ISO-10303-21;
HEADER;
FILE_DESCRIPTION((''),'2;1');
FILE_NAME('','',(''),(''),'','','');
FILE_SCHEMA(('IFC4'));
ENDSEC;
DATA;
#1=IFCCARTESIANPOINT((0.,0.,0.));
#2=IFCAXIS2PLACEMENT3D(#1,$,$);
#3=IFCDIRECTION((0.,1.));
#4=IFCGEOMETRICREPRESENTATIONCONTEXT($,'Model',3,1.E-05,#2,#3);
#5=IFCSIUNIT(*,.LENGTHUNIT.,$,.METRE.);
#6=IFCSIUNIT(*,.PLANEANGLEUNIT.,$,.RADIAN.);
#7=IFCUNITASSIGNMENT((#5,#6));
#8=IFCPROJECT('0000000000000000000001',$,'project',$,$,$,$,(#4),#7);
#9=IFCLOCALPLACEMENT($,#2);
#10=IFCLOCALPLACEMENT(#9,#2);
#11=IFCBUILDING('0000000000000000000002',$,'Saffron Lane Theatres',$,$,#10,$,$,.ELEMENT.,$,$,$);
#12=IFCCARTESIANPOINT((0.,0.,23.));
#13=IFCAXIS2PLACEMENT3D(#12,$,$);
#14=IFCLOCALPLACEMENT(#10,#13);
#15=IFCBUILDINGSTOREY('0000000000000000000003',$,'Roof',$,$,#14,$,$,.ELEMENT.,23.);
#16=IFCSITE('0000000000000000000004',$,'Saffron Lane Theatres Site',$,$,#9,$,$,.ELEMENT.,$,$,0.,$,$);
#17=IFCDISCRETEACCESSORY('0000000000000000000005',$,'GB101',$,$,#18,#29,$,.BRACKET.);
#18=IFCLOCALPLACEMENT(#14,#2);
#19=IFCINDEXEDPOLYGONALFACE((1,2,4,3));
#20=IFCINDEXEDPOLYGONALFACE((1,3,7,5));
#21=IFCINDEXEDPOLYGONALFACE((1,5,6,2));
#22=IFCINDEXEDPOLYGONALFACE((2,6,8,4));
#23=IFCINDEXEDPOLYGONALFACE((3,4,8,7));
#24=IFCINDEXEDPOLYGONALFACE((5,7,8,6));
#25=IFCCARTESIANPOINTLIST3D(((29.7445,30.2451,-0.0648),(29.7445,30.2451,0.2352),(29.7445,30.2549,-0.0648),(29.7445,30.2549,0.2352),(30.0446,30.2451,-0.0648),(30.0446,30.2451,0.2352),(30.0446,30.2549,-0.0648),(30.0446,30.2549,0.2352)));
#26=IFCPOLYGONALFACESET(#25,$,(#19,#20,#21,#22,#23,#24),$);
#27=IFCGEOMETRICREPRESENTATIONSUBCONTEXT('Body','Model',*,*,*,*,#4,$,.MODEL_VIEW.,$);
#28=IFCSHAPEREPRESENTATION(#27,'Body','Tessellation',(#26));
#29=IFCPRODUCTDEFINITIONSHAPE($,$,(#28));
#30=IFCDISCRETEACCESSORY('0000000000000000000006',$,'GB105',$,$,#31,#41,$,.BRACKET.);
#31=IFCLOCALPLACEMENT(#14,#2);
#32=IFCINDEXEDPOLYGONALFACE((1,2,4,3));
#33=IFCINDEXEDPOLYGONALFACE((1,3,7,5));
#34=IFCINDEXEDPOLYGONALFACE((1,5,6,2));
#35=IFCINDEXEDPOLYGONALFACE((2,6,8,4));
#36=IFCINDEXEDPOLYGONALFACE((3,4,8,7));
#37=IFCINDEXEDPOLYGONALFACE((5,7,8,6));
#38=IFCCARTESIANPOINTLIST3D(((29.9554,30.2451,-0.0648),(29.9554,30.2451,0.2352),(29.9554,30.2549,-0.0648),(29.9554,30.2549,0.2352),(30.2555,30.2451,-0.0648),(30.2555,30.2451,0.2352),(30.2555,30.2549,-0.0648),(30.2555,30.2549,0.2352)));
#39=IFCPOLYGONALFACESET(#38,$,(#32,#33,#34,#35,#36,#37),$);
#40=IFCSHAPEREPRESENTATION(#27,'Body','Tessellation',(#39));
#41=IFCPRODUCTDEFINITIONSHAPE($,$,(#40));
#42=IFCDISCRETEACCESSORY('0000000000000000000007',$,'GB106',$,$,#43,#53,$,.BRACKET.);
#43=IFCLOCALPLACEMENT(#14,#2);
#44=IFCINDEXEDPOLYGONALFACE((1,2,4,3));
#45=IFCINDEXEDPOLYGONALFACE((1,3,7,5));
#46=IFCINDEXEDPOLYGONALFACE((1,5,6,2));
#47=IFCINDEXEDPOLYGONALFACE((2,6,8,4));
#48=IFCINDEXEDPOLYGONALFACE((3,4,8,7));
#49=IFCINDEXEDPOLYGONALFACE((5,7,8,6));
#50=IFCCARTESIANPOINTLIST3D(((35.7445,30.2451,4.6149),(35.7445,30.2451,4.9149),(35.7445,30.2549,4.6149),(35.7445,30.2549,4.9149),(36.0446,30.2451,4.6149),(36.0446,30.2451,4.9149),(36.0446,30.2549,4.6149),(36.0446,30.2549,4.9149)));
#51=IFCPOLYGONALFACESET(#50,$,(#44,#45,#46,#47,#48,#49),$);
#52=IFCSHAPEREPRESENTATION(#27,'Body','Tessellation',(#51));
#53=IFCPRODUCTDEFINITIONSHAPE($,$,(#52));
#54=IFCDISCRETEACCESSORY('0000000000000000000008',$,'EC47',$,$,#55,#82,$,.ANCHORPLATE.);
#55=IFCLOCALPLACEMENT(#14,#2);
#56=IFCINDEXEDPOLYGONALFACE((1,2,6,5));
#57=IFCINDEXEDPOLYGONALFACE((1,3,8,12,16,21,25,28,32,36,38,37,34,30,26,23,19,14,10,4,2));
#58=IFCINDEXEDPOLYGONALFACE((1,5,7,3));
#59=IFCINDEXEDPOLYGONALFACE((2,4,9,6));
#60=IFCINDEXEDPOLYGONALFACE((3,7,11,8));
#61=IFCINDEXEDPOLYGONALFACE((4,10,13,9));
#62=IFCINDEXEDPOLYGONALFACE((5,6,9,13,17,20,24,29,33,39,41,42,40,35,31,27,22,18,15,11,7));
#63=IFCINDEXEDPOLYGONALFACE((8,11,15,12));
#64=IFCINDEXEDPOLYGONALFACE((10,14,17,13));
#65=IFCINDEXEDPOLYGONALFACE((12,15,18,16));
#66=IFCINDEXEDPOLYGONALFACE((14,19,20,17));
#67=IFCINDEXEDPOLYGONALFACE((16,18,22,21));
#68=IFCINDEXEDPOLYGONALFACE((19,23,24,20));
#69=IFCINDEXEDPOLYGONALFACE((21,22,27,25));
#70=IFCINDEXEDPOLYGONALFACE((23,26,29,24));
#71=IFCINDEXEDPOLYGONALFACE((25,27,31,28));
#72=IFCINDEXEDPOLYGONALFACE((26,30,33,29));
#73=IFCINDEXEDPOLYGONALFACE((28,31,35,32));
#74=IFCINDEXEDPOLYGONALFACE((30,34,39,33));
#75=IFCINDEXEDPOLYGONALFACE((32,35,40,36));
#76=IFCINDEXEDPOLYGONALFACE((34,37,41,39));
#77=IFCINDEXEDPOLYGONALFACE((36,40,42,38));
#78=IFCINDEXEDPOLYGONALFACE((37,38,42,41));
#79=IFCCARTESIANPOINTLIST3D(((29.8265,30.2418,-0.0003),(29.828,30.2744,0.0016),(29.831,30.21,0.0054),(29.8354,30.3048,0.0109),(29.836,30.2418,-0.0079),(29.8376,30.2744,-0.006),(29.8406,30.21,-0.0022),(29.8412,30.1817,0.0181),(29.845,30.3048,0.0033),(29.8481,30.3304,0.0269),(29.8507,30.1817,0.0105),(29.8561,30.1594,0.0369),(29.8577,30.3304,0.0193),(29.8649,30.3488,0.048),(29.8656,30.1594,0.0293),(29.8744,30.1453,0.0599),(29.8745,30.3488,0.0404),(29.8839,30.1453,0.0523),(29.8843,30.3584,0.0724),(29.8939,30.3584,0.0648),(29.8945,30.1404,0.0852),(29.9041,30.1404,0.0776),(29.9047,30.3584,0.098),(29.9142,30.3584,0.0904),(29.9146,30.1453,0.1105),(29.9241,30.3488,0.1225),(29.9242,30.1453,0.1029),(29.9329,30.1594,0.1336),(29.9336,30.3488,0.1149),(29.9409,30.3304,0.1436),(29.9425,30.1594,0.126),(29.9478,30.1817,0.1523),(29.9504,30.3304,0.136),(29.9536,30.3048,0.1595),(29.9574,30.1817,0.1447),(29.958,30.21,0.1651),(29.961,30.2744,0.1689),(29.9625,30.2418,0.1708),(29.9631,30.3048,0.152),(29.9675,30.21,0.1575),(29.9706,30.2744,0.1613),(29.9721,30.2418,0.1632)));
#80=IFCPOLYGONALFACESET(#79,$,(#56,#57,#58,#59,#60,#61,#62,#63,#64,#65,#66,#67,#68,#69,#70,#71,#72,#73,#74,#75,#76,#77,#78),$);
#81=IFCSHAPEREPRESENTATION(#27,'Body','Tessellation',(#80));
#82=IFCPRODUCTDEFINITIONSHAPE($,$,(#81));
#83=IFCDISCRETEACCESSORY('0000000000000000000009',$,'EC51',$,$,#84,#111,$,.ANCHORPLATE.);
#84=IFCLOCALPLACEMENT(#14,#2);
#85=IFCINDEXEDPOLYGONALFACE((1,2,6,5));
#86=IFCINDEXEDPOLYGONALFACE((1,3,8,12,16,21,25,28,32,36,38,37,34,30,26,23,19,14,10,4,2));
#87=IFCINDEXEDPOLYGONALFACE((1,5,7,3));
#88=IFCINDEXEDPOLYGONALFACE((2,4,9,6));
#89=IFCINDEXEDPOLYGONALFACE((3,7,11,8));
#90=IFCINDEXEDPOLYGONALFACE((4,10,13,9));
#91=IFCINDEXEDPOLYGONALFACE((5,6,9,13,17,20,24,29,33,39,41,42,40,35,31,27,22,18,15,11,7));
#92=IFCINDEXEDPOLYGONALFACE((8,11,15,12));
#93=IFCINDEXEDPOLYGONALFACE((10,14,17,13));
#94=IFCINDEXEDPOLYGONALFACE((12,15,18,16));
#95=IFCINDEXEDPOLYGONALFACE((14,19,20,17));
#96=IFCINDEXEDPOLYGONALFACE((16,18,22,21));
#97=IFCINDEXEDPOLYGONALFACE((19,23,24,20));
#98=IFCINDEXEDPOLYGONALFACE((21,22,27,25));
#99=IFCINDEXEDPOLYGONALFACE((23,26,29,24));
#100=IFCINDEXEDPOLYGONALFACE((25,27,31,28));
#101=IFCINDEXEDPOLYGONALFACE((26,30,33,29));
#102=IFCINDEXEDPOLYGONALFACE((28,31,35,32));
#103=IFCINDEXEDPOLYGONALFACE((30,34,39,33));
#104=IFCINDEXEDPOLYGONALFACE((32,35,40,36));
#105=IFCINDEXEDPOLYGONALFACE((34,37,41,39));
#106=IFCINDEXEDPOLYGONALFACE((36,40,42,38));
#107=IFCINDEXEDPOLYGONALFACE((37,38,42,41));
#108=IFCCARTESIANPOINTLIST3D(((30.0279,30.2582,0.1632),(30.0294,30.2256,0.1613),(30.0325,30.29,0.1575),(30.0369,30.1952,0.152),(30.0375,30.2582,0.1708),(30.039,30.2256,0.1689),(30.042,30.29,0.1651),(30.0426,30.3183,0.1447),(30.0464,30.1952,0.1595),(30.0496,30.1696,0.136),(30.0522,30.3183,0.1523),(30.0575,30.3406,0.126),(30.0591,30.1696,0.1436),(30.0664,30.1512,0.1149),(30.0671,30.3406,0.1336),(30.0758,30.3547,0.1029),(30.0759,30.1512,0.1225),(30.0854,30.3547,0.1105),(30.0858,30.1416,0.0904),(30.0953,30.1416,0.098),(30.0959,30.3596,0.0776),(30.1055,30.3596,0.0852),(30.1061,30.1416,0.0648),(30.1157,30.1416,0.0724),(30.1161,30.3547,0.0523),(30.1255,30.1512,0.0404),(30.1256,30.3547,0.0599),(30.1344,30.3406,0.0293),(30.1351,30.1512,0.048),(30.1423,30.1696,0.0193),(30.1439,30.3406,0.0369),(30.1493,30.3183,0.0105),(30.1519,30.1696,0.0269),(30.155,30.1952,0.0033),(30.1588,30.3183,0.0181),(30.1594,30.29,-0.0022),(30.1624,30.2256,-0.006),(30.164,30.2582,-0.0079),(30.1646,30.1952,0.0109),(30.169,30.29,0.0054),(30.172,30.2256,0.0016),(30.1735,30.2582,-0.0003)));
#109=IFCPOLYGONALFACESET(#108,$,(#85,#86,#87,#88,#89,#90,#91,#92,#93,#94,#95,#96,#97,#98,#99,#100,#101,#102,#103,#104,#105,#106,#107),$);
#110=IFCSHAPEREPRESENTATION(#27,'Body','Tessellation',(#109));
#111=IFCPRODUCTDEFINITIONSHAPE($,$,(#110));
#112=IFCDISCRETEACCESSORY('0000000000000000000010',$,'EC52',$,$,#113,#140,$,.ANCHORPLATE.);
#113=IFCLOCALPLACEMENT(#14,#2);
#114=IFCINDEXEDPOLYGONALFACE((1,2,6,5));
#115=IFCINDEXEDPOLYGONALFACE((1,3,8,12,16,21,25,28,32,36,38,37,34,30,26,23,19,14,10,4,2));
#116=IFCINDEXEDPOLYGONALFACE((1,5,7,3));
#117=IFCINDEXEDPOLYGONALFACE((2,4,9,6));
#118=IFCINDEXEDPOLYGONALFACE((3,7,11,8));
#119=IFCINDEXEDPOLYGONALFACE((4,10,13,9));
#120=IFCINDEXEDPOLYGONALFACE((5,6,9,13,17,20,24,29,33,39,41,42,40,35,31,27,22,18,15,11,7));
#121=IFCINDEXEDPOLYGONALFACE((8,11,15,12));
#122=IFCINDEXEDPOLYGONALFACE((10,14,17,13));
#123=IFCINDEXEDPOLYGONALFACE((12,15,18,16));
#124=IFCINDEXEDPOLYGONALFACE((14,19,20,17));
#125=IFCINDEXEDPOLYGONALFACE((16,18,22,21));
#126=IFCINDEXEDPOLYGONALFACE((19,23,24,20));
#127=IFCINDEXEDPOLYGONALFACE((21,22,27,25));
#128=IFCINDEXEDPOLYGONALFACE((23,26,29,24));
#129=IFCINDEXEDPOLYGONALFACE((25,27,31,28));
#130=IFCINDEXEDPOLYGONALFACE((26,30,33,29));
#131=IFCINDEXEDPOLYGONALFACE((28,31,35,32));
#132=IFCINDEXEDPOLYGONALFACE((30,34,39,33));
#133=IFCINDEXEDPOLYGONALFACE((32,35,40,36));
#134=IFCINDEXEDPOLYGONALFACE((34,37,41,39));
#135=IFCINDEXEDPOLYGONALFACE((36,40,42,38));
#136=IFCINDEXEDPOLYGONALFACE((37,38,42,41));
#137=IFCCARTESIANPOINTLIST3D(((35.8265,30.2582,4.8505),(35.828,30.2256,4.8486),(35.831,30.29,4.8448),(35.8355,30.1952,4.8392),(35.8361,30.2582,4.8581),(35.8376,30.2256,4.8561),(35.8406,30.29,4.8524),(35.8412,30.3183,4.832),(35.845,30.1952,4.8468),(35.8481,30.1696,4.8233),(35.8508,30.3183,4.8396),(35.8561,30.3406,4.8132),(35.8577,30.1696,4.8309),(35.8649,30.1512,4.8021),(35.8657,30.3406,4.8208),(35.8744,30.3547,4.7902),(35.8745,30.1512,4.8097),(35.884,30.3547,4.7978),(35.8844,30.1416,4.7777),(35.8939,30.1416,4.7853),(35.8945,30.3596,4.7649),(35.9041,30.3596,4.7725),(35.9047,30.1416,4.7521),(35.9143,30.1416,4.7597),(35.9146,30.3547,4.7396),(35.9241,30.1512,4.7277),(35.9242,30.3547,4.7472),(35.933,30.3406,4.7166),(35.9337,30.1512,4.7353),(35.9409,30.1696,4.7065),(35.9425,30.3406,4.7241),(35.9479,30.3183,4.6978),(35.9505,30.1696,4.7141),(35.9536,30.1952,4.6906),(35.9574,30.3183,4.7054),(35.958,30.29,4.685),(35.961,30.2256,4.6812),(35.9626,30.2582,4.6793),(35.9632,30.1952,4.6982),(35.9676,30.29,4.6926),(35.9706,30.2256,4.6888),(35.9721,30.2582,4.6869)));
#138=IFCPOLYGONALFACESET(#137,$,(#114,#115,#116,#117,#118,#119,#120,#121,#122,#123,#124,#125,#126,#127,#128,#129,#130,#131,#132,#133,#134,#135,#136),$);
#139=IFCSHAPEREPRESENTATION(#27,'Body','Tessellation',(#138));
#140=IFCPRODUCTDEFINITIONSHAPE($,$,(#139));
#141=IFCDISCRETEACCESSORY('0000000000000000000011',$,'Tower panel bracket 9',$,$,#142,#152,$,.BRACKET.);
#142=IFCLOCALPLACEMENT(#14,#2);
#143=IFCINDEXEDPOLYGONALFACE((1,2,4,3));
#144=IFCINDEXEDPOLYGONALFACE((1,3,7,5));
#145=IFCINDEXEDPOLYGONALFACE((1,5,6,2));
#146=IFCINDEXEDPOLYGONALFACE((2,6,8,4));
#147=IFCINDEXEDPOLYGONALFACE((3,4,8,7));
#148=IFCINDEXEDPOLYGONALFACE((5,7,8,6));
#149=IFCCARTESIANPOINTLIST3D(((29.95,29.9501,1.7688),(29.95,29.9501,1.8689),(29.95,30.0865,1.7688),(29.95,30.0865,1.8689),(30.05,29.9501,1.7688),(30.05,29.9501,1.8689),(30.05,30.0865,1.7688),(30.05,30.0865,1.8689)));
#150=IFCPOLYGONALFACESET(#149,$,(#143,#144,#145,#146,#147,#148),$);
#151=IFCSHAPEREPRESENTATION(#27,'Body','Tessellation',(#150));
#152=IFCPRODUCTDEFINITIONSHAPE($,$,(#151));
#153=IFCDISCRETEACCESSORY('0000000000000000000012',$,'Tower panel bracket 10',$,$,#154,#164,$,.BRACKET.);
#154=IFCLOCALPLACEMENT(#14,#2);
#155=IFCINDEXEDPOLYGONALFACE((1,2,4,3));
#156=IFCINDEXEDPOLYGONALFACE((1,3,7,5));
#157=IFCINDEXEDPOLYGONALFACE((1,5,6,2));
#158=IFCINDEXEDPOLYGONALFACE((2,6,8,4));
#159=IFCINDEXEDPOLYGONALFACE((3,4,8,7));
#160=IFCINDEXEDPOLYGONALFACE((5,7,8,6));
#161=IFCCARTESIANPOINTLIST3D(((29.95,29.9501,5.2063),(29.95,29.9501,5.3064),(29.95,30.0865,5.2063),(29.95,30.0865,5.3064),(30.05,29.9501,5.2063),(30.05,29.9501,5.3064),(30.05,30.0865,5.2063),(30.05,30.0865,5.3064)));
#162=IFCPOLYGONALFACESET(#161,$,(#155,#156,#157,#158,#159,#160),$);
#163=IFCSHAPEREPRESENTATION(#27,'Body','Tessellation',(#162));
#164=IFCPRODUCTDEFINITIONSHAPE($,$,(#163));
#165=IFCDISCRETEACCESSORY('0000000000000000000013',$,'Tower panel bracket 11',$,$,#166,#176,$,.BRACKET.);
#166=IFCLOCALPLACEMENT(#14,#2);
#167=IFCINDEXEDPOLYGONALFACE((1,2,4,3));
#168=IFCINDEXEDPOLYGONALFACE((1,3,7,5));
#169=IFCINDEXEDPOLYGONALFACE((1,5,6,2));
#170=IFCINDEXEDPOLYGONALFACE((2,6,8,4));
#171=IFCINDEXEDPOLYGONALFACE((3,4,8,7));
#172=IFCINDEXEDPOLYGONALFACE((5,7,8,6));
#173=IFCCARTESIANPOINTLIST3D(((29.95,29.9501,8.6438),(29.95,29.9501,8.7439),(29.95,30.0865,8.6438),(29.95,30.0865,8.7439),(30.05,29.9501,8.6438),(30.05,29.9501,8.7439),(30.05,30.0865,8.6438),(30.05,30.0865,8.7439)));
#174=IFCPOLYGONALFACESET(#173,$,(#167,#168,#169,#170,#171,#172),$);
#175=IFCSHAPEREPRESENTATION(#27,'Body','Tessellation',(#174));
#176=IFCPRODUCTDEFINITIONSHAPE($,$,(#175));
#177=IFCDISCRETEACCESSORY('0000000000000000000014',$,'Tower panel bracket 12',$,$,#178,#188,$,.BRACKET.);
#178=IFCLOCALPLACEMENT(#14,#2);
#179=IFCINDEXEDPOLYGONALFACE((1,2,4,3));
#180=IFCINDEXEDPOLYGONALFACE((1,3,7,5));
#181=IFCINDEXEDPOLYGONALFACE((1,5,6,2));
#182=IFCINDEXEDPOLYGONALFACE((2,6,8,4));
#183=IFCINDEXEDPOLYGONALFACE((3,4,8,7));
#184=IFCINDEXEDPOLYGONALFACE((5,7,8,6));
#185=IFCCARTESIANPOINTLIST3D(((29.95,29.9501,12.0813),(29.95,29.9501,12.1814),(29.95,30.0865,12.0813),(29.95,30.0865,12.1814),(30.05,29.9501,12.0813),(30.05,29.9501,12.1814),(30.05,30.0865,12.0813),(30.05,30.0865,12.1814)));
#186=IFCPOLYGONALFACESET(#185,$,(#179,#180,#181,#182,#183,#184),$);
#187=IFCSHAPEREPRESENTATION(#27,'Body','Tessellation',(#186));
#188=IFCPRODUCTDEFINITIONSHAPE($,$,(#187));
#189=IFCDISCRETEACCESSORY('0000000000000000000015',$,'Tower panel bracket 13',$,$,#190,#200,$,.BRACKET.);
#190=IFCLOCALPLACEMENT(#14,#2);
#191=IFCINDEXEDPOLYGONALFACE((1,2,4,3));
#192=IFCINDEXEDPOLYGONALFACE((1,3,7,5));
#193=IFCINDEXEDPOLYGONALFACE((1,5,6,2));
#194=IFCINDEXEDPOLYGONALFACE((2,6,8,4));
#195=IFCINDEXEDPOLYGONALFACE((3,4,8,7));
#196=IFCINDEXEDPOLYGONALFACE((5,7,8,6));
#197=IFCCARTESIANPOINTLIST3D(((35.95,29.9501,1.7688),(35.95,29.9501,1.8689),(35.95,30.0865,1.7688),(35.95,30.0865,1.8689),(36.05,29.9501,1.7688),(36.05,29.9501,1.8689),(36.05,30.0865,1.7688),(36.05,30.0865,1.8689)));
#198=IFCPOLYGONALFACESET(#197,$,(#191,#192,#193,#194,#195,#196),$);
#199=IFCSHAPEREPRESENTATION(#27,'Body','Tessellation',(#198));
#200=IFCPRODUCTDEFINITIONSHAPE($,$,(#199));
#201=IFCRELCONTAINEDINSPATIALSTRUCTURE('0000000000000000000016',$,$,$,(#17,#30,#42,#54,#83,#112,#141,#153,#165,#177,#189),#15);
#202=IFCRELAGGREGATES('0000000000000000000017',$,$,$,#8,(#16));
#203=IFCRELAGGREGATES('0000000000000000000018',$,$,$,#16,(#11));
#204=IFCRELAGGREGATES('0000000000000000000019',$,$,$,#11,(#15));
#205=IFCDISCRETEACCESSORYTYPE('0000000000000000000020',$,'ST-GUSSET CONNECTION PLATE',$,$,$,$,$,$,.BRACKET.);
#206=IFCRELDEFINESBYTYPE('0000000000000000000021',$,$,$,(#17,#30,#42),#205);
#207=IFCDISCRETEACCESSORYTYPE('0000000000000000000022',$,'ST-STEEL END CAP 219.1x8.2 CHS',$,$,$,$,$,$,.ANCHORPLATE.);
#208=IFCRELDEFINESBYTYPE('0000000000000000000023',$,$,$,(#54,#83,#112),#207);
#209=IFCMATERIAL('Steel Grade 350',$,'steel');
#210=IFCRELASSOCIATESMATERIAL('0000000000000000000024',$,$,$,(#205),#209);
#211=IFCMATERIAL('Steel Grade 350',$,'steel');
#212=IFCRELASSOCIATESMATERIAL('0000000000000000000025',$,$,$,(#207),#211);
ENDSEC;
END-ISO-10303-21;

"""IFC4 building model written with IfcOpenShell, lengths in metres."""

from ifc_helpers import new_model, si_unit, direction, frame, origin, origin_2d, place, context, subcontext, project, spatial, rectangle, circle, extrude, material, material_profile, profile_set, type_object, element, save


model = new_model("IFC4")

# Units and contexts
model_context = context("Model", 3, precision=1e-05, world=origin(), true_north=direction((0.0, 1.0)))
body_context = subcontext(model_context, "Body", "Model", "MODEL_VIEW")
ifc_project = project(units=[si_unit("LENGTHUNIT", "METRE"), si_unit("PLANEANGLEUNIT", "RADIAN")], contexts=[model_context])

# Site, building, storey
site_placement = place(None, origin())
site = spatial("IfcSite", under=ifc_project, at=site_placement, Name="Saffron Lane Theatres Site", CompositionType="ELEMENT", RefElevation=0.0)
building_placement = place(site_placement, origin())
building = spatial("IfcBuilding", under=site, at=building_placement, Name="Saffron Lane Theatres", CompositionType="ELEMENT")
storey_placement = place(building_placement, frame((0.0, 0.0, 23.0)))
storey = spatial("IfcBuildingStorey", under=building, at=storey_placement, Name="Roof", CompositionType="ELEMENT", Elevation=23.0)

# Discrete accessories
ifc_material_1 = material(Name="Steel Grade 350", Category="steel")
ifc_material_profile_1 = material_profile(ifc_material_1, rectangle(XDim=0.3, YDim=0.3, at=origin_2d()))
ifc_profile_set_1 = profile_set([ifc_material_profile_1], Name="Steel Grade 350")
discrete_accessory_type_1 = type_object("IfcDiscreteAccessoryType", Name="ST-GUSSET CONNECTION PLATE", PredefinedType="BRACKET", material=ifc_profile_set_1)
for number, where, z_axis, x_axis, name in (
    (1, (29.8945, 30.2451, 0.0852), (0.0, 1.0, 0.0), (-1.0, 0.0, 0.0), "GB101"),
    (2, (30.1055, 30.2451, 0.0852), (0.0, 1.0, 0.0), (-1.0, 0.0, 0.0), "GB105"),
    (3, (35.8945, 30.2451, 4.7649), (0.0, 1.0, 0.0), (-1.0, 0.0, 0.0), "GB106"),
):
    element("IfcDiscreteAccessory", number, at=place(storey_placement, frame(where, z_axis=z_axis, x_axis=x_axis)), inside=storey, type_object=discrete_accessory_type_1, Name=name, PredefinedType="BRACKET", context=body_context, shape_type="SweptSolid", body=[
        extrude(rectangle(XDim=0.3, YDim=0.3, at=origin_2d()), origin(), (0.0, 0.0, 1.0), 0.0098),
    ])
ifc_material_2 = material(Name="Steel Grade 350", Category="steel")
ifc_material_profile_2 = material_profile(ifc_material_2, circle(Radius=0.1096, at=origin_2d()))
ifc_profile_set_2 = profile_set([ifc_material_profile_2], Name="Steel Grade 350")
discrete_accessory_type_2 = type_object("IfcDiscreteAccessoryType", Name="ST-STEEL END CAP 219.1x8.2 CHS", PredefinedType="ANCHORPLATE", material=ifc_profile_set_2)
for number, where, z_axis, x_axis, name in (
    (4, (29.9041, 30.25, 0.0776), (-0.782823, 0.0, 0.622244), (0.0, -1.0, 0.0), "EC47"),
    (5, (30.0959, 30.25, 0.0776), (0.782823, 0.0, 0.622244), (0.0, 1.0, 0.0), "EC51"),
    (6, (35.8945, 30.25, 4.7649), (0.782823, 0.0, 0.622244), (0.0, 1.0, 0.0), "EC52"),
):
    element("IfcDiscreteAccessory", number, at=place(storey_placement, frame(where, z_axis=z_axis, x_axis=x_axis)), inside=storey, type_object=discrete_accessory_type_2, Name=name, PredefinedType="ANCHORPLATE", context=body_context, shape_type="SweptSolid", body=[
        extrude(circle(Radius=0.1096, at=origin_2d()), origin(), (0.0, 0.0, 1.0), 0.0122),
    ])
for number, where, z_axis, x_axis, name in (
    (7, (30.0, 30.0183, 1.7688), (0.0, 0.0, 1.0), (1.0, 0.0, 0.0), "Tower panel bracket 9"),
    (8, (30.0, 30.0183, 5.2063), (0.0, 0.0, 1.0), (1.0, 0.0, 0.0), "Tower panel bracket 10"),
    (9, (30.0, 30.0183, 8.6438), (0.0, 0.0, 1.0), (1.0, 0.0, 0.0), "Tower panel bracket 11"),
    (10, (30.0, 30.0183, 12.0813), (0.0, 0.0, 1.0), (1.0, 0.0, 0.0), "Tower panel bracket 12"),
    (11, (36.0, 30.0183, 1.7688), (0.0, 0.0, 1.0), (1.0, 0.0, 0.0), "Tower panel bracket 13"),
):
    element("IfcDiscreteAccessory", number, at=place(storey_placement, frame(where, z_axis=z_axis, x_axis=x_axis)), inside=storey, Name=name, PredefinedType="BRACKET", context=body_context, shape_type="SweptSolid", body=[
        extrude(rectangle(XDim=0.1001, YDim=0.1365, at=origin_2d()), origin(), (0.0, 0.0, 1.0), 0.1001),
    ])

save(model, "model.ifc")
